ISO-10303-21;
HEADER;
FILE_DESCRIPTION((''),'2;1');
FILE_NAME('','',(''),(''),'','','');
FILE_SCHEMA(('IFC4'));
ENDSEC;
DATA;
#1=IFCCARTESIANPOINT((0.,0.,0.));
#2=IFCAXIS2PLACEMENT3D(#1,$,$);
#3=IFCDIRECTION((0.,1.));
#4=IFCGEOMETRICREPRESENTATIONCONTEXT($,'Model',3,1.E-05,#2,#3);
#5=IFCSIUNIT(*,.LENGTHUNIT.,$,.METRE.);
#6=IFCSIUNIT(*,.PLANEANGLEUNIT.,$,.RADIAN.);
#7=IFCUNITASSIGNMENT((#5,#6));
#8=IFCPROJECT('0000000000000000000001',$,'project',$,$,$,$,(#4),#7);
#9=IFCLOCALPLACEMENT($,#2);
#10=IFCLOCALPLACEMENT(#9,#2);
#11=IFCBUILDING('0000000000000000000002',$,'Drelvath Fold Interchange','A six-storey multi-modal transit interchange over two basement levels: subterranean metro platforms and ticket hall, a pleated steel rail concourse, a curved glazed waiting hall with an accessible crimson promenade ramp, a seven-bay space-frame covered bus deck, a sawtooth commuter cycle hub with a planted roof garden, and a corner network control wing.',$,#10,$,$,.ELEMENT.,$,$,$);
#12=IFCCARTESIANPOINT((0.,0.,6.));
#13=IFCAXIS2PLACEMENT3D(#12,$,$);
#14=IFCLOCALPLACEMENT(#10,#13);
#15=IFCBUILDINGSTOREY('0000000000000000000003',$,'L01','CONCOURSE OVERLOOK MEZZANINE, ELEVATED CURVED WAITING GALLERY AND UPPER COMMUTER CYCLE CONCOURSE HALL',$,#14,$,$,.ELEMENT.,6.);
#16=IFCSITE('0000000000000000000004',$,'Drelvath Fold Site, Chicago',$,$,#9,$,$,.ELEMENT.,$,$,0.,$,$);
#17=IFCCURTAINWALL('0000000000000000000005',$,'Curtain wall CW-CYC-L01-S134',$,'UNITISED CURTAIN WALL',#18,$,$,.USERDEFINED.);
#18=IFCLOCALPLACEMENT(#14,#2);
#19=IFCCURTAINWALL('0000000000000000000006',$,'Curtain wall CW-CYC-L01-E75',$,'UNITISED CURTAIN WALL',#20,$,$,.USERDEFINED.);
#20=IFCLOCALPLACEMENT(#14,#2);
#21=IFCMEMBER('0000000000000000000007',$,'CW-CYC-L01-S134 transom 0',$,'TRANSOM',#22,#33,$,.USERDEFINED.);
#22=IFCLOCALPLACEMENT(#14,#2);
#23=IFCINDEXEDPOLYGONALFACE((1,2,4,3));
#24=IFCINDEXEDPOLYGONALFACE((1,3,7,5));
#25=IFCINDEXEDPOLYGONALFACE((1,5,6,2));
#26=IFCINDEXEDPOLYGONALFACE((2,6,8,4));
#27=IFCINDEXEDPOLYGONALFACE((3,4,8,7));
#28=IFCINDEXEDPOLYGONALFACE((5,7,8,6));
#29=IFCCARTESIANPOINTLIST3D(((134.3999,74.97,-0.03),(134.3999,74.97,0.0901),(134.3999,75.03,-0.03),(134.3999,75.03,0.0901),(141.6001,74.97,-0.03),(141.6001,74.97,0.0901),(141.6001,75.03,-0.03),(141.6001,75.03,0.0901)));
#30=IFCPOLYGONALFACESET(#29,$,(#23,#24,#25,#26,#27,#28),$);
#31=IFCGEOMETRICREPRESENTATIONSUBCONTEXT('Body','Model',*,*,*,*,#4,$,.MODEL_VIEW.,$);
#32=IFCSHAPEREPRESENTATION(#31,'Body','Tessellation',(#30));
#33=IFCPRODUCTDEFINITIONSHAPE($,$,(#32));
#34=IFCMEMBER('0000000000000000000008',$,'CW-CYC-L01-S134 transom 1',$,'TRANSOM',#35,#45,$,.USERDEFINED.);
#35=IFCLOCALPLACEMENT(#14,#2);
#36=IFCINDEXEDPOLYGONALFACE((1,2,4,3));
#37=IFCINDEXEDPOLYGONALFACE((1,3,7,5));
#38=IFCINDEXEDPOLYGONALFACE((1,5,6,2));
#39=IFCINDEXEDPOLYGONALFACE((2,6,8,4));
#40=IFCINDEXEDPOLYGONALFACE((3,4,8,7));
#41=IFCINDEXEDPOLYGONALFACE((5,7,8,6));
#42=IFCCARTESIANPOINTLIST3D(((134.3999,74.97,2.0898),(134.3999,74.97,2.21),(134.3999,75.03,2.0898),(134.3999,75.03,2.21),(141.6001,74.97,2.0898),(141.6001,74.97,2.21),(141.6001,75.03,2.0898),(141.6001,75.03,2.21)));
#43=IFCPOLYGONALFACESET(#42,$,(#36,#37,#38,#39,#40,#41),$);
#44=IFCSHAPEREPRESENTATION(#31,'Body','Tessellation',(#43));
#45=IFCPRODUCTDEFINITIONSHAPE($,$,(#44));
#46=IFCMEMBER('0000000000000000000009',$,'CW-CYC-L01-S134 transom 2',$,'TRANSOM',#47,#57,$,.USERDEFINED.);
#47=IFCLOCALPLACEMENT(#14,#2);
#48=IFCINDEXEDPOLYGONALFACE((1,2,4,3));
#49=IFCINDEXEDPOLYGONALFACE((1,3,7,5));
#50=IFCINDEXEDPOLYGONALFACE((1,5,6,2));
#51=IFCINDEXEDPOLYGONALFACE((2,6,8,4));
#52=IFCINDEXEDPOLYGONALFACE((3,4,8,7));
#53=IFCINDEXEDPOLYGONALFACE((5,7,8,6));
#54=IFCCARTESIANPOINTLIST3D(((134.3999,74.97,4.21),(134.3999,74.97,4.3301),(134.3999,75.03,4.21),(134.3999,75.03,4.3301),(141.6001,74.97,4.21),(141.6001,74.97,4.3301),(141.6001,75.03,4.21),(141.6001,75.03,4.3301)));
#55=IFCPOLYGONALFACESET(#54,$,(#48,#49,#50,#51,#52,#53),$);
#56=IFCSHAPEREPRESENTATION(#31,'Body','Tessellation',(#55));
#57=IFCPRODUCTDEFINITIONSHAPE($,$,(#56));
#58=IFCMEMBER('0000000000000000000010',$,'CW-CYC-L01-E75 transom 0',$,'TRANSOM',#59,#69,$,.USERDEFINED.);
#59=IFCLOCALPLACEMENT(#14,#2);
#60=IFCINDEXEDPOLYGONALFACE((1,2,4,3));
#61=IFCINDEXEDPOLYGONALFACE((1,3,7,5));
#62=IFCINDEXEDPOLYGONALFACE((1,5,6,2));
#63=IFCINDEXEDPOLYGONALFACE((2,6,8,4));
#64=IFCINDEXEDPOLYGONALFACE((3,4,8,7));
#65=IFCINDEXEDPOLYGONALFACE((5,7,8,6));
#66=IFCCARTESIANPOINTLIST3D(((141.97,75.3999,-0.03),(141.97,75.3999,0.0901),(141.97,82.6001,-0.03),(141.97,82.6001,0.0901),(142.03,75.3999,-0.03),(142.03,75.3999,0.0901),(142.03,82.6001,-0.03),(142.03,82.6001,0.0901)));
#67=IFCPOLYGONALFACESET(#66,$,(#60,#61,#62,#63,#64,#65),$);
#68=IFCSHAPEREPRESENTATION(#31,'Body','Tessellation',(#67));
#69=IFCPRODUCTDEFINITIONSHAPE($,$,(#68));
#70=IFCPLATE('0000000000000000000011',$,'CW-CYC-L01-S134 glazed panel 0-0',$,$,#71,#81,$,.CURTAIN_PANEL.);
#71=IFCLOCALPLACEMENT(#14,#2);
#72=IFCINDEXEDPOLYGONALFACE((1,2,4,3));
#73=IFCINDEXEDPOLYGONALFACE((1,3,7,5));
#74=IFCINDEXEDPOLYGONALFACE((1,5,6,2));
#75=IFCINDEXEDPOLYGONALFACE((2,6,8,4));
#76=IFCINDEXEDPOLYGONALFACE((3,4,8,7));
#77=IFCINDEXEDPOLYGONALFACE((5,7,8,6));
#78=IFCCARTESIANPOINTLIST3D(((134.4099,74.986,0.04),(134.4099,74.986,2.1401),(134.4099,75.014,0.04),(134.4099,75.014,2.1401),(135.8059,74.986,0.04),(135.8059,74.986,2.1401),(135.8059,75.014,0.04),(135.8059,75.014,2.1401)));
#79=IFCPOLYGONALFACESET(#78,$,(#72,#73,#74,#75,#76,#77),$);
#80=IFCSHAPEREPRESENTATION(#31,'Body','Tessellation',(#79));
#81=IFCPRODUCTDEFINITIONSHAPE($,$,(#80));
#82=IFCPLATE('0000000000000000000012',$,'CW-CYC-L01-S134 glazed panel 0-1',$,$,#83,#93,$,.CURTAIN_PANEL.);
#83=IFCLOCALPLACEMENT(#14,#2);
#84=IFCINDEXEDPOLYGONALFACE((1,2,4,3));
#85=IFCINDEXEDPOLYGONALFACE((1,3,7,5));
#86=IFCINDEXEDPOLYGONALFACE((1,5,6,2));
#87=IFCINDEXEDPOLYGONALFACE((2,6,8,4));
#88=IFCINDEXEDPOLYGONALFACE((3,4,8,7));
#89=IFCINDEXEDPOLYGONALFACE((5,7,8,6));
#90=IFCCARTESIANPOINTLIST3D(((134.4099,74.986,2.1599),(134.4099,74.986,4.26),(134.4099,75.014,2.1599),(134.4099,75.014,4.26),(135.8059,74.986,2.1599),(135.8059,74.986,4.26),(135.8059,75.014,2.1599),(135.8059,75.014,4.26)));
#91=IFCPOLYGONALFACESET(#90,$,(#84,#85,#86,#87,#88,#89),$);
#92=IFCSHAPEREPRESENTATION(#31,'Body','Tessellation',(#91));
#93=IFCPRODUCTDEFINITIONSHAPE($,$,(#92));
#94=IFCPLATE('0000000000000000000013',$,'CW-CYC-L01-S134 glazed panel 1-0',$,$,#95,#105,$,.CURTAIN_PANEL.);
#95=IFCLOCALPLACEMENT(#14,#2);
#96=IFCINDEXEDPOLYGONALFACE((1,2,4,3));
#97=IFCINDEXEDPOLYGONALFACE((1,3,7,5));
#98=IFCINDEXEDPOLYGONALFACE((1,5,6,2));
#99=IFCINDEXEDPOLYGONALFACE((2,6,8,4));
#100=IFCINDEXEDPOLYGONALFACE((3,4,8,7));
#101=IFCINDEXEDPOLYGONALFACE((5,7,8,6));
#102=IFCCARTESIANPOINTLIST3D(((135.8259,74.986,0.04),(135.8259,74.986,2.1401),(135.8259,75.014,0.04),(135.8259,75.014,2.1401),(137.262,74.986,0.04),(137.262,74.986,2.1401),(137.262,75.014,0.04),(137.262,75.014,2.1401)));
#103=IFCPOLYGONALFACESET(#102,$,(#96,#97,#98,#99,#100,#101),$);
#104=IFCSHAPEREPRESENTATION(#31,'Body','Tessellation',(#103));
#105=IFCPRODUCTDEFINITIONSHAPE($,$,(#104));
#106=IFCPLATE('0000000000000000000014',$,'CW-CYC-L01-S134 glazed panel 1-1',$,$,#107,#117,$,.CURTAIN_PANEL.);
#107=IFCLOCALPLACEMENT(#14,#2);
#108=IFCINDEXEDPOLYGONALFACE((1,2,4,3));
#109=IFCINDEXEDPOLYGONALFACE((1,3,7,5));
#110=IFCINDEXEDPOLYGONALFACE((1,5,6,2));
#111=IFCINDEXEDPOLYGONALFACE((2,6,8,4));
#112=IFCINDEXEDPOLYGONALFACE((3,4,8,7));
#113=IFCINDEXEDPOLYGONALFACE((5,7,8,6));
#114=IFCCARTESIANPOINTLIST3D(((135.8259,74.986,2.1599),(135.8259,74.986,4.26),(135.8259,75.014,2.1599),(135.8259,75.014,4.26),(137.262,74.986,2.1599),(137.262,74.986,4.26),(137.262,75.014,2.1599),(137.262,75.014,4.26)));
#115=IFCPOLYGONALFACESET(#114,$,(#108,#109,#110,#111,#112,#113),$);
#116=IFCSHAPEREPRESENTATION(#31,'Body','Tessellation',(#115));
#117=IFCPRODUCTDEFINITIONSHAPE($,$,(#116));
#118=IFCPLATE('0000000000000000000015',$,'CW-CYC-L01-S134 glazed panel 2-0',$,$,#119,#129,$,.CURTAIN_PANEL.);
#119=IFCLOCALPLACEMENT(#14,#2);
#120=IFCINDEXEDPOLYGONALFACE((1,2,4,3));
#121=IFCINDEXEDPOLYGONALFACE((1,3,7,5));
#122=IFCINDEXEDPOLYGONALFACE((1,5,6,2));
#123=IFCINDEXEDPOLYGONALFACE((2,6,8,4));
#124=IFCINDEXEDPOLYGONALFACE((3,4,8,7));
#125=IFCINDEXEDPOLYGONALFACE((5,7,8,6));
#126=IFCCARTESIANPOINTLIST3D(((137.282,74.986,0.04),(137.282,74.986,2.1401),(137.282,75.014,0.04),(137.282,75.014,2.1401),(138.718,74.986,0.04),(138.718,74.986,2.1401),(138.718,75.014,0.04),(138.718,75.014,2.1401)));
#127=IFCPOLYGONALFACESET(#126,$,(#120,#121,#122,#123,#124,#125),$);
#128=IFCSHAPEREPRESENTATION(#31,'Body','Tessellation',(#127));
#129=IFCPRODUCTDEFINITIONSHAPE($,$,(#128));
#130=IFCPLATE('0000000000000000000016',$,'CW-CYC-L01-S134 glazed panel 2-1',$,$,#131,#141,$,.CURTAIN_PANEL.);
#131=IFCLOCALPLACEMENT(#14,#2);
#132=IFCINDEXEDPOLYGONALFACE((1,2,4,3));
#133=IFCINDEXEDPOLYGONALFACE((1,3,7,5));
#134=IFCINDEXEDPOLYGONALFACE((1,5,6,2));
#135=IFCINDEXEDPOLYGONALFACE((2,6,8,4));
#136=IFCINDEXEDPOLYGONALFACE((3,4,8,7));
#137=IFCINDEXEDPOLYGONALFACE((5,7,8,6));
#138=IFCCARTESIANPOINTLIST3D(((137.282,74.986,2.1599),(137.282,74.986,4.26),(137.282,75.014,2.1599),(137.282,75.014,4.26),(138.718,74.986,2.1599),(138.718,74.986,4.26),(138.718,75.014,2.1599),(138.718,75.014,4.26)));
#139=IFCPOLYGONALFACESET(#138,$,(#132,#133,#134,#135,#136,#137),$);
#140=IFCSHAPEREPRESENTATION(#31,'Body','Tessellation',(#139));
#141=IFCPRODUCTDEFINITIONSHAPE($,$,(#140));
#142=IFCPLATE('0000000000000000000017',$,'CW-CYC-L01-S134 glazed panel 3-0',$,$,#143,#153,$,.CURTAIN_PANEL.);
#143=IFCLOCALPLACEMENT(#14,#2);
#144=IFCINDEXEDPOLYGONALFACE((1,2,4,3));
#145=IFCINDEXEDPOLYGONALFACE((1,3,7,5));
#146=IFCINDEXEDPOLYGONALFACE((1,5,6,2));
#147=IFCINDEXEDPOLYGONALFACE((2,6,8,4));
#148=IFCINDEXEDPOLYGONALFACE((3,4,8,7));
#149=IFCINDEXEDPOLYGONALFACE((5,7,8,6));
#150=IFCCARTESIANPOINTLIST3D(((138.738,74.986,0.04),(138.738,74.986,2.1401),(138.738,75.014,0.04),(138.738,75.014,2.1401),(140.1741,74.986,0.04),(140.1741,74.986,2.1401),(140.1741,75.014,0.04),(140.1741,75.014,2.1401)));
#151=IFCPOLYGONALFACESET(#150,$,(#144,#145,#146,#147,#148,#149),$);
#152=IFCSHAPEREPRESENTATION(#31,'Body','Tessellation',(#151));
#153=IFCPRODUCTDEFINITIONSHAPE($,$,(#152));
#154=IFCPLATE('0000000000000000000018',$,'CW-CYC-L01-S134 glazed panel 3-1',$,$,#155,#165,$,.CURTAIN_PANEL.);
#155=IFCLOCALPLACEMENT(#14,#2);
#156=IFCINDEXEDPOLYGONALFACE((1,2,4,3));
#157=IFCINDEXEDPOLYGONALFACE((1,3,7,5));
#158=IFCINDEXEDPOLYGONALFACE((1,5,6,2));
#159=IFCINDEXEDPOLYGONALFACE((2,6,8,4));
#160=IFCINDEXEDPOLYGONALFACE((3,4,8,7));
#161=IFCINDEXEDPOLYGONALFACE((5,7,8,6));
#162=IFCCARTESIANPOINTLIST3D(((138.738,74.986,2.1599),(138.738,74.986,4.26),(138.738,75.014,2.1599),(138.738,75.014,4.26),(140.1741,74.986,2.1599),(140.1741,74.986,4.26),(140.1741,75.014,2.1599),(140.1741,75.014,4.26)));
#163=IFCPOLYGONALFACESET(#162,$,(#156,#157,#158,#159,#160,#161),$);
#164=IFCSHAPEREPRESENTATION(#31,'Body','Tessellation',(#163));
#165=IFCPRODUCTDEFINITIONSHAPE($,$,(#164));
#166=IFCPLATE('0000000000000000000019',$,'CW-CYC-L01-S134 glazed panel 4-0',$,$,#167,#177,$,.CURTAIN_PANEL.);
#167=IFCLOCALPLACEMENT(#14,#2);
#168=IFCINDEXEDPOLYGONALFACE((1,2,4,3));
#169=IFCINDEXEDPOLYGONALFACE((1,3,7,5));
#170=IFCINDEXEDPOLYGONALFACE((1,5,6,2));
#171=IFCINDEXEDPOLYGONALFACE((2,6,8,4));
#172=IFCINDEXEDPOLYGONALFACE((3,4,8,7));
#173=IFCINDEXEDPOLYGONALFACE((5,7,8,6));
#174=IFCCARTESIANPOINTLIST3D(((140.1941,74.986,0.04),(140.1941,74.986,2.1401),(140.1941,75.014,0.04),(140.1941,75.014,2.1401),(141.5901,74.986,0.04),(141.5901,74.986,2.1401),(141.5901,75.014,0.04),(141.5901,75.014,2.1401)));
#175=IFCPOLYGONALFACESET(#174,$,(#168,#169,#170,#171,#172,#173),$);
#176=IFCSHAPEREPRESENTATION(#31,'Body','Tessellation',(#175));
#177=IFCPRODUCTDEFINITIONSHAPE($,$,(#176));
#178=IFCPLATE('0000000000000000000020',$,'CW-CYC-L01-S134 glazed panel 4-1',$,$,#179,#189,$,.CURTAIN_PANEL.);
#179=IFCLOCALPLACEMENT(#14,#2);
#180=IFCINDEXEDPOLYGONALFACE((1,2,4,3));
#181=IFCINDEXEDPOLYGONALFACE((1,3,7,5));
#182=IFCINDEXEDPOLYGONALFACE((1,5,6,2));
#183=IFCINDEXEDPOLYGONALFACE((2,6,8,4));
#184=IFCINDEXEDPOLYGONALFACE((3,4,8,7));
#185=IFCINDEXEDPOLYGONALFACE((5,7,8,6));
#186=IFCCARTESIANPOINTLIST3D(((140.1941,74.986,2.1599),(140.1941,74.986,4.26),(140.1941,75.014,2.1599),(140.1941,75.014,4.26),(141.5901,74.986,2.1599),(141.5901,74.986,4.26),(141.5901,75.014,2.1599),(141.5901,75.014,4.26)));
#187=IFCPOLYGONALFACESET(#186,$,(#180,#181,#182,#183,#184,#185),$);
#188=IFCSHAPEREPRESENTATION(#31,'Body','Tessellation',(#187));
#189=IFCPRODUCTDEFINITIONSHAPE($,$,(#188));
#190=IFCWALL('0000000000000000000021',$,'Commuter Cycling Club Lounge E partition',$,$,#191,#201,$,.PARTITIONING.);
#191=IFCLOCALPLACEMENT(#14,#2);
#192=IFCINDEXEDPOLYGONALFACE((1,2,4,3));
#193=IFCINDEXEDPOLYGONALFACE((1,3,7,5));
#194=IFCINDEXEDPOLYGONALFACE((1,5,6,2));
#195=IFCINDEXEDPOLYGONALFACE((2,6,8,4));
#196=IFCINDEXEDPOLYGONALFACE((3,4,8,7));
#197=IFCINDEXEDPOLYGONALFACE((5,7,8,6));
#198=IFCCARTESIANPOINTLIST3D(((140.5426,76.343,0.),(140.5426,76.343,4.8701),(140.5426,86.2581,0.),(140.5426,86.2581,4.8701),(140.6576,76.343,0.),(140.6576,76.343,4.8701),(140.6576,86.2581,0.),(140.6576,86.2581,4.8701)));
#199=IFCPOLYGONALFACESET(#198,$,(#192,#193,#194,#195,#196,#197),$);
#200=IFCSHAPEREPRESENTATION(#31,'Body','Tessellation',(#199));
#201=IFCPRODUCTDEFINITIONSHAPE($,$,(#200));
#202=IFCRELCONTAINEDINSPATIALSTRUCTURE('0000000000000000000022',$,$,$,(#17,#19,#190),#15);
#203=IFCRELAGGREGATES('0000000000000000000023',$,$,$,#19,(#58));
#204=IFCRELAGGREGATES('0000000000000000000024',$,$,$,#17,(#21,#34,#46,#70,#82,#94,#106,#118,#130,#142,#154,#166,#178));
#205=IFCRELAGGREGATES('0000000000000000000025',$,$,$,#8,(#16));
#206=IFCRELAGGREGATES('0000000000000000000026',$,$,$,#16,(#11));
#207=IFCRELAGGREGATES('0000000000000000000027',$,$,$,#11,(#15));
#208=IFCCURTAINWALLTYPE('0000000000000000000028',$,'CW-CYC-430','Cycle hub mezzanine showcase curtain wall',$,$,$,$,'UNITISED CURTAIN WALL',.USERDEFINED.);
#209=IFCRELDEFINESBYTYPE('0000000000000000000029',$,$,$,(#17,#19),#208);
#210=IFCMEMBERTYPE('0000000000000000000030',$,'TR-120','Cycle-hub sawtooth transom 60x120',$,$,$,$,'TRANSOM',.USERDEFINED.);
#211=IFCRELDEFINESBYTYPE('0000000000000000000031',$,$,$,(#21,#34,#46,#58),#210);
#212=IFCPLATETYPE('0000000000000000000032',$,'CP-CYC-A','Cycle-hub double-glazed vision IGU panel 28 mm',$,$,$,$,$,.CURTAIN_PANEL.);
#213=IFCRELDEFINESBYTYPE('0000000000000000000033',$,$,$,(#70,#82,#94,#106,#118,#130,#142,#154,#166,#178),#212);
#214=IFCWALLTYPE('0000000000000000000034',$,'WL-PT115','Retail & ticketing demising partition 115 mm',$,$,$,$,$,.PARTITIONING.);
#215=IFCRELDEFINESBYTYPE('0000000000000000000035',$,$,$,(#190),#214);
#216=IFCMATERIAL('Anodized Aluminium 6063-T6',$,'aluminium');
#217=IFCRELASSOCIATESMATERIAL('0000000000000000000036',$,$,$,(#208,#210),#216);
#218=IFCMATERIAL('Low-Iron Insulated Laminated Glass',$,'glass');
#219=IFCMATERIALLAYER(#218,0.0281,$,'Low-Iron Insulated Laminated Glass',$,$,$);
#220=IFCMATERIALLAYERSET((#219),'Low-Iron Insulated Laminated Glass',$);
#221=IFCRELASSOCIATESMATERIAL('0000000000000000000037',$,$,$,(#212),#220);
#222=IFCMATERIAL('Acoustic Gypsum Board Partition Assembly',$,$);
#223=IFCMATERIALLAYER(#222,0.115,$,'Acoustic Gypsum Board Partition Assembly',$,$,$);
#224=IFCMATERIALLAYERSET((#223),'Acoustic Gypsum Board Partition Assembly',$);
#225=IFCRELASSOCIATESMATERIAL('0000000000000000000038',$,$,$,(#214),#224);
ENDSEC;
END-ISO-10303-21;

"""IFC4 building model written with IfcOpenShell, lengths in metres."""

from ifc_helpers import new_model, si_unit, direction, frame, frame_2d, origin, origin_2d, place, context, subcontext, project, spatial, rectangle, extrude, material, layer, layer_set, material_profile, profile_set, type_object, element, aggregate, save


model = new_model("IFC4")

# Units and contexts
model_context = context("Model", 3, precision=1e-05, world=origin(), true_north=direction((0.0, 1.0)))
body_context = subcontext(model_context, "Body", "Model", "MODEL_VIEW")
ifc_project = project(units=[si_unit("LENGTHUNIT", "METRE"), si_unit("PLANEANGLEUNIT", "RADIAN")], contexts=[model_context])

# Site, building, storey
site_placement = place(None, origin())
site = spatial("IfcSite", under=ifc_project, at=site_placement, Name="Drelvath Fold Site, Chicago", CompositionType="ELEMENT", RefElevation=0.0)
building_placement = place(site_placement, origin())
building = spatial("IfcBuilding", under=site, at=building_placement, Name="Drelvath Fold Interchange", Description="A six-storey multi-modal transit interchange over two basement levels: subterranean metro platforms and ticket hall, a pleated steel rail concourse, a curved glazed waiting hall with an accessible crimson promenade ramp, a seven-bay space-frame covered bus deck, a sawtooth commuter cycle hub with a planted roof garden, and a corner network control wing.", CompositionType="ELEMENT")
storey_placement = place(building_placement, frame((0.0, 0.0, 6.0)))
storey = spatial("IfcBuildingStorey", under=building, at=storey_placement, Name="L01", Description="CONCOURSE OVERLOOK MEZZANINE, ELEVATED CURVED WAITING GALLERY AND UPPER COMMUTER CYCLE CONCOURSE HALL", CompositionType="ELEMENT", Elevation=6.0)

# Curtain wall
ifc_material_1 = material(Name="Anodized Aluminium 6063-T6", Category="aluminium")
curtain_wall_type = type_object("IfcCurtainWallType", Name="CW-CYC-430", Description="Cycle hub mezzanine showcase curtain wall", ElementType="UNITISED CURTAIN WALL", PredefinedType="USERDEFINED", material=ifc_material_1)
curtain_wall_1_placement = place(storey_placement, origin())
curtain_wall_1 = element("IfcCurtainWall", 1, at=curtain_wall_1_placement, inside=storey, type_object=curtain_wall_type, Name="Curtain wall CW-CYC-L01-S134", ObjectType="UNITISED CURTAIN WALL", PredefinedType="USERDEFINED")

# Curtain wall
curtain_wall_2_placement = place(storey_placement, origin())
curtain_wall_2 = element("IfcCurtainWall", 2, at=curtain_wall_2_placement, inside=storey, type_object=curtain_wall_type, Name="Curtain wall CW-CYC-L01-E75", ObjectType="UNITISED CURTAIN WALL", PredefinedType="USERDEFINED")

# Members
ifc_material_profile_1 = material_profile(ifc_material_1, rectangle(XDim=0.0601, YDim=0.1201, at=origin_2d()), Name="AL-T 60x120")
ifc_profile_set_1 = profile_set([ifc_material_profile_1], Name="Anodized Aluminium 6063-T6")
member_type_1 = type_object("IfcMemberType", Name="TR-120", Description="Cycle-hub sawtooth transom 60x120", ElementType="TRANSOM", PredefinedType="USERDEFINED", material=ifc_profile_set_1)
member_1_placement = place(storey_placement, frame((134.3999, 75.0, 0.03), z_axis=(1.0, 0.0, 0.0), x_axis=(0.0, 1.0, 0.0)))
member_1 = element("IfcMember", 3, at=member_1_placement, type_object=member_type_1, Name="CW-CYC-L01-S134 transom 0", ObjectType="TRANSOM", PredefinedType="USERDEFINED", context=body_context, shape_type="SweptSolid", body=[
    extrude(rectangle(XDim=0.0601, YDim=0.1201, at=origin_2d()), origin(), (0.0, 0.0, 1.0), 7.2002),
])
member_2_placement = place(storey_placement, frame((134.3999, 75.0, 2.1499), z_axis=(1.0, 0.0, 0.0), x_axis=(0.0, 1.0, 0.0)))
member_2 = element("IfcMember", 4, at=member_2_placement, type_object=member_type_1, Name="CW-CYC-L01-S134 transom 1", ObjectType="TRANSOM", PredefinedType="USERDEFINED", context=body_context, shape_type="SweptSolid", body=[
    extrude(rectangle(XDim=0.0601, YDim=0.1201, at=origin_2d()), origin(), (0.0, 0.0, 1.0), 7.2002),
])
member_3_placement = place(storey_placement, frame((134.3999, 75.0, 4.27), z_axis=(1.0, 0.0, 0.0), x_axis=(0.0, 1.0, 0.0)))
member_3 = element("IfcMember", 5, at=member_3_placement, type_object=member_type_1, Name="CW-CYC-L01-S134 transom 2", ObjectType="TRANSOM", PredefinedType="USERDEFINED", context=body_context, shape_type="SweptSolid", body=[
    extrude(rectangle(XDim=0.0601, YDim=0.1201, at=origin_2d()), origin(), (0.0, 0.0, 1.0), 7.2002),
])
member_4_placement = place(storey_placement, frame((142.0, 75.3999, 0.03), z_axis=(0.0, 1.0, 0.0), x_axis=(-1.0, 0.0, 0.0)))
member_4 = element("IfcMember", 6, at=member_4_placement, type_object=member_type_1, Name="CW-CYC-L01-E75 transom 0", ObjectType="TRANSOM", PredefinedType="USERDEFINED", context=body_context, shape_type="SweptSolid", body=[
    extrude(rectangle(XDim=0.0601, YDim=0.1201, at=origin_2d()), origin(), (0.0, 0.0, 1.0), 7.2002),
])
aggregate(curtain_wall_2, [member_4])

# Plates
ifc_material_2 = material(Name="Low-Iron Insulated Laminated Glass", Category="glass")
ifc_layer_1 = layer(ifc_material_2, 0.0281, Name="Low-Iron Insulated Laminated Glass")
ifc_layer_set_1 = layer_set([ifc_layer_1], Name="Low-Iron Insulated Laminated Glass")
plate_type = type_object("IfcPlateType", Name="CP-CYC-A", Description="Cycle-hub double-glazed vision IGU panel 28 mm", PredefinedType="CURTAIN_PANEL", material=ifc_layer_set_1)
plate_1_placement = place(storey_placement, frame((135.1079, 75.0, 0.04), z_axis=(0.0, 0.0, 1.0), x_axis=(1.0, 0.0, 0.0)))
plate_1 = element("IfcPlate", 7, at=plate_1_placement, type_object=plate_type, Name="CW-CYC-L01-S134 glazed panel 0-0", PredefinedType="CURTAIN_PANEL", context=body_context, shape_type="SweptSolid", body=[
    extrude(rectangle(XDim=1.396, YDim=0.0281, at=origin_2d()), origin(), (0.0, 0.0, 1.0), 2.1001),
])
plate_2_placement = place(storey_placement, frame((135.1079, 75.0, 2.1599), z_axis=(0.0, 0.0, 1.0), x_axis=(1.0, 0.0, 0.0)))
plate_2 = element("IfcPlate", 8, at=plate_2_placement, type_object=plate_type, Name="CW-CYC-L01-S134 glazed panel 0-1", PredefinedType="CURTAIN_PANEL", context=body_context, shape_type="SweptSolid", body=[
    extrude(rectangle(XDim=1.396, YDim=0.0281, at=origin_2d()), origin(), (0.0, 0.0, 1.0), 2.1001),
])
plate_3_placement = place(storey_placement, frame((136.5439, 75.0, 0.04), z_axis=(0.0, 0.0, 1.0), x_axis=(1.0, 0.0, 0.0)))
plate_3 = element("IfcPlate", 9, at=plate_3_placement, type_object=plate_type, Name="CW-CYC-L01-S134 glazed panel 1-0", PredefinedType="CURTAIN_PANEL", context=body_context, shape_type="SweptSolid", body=[
    extrude(rectangle(XDim=1.436, YDim=0.0281, at=origin_2d()), origin(), (0.0, 0.0, 1.0), 2.1001),
])
plate_4_placement = place(storey_placement, frame((136.5439, 75.0, 2.1599), z_axis=(0.0, 0.0, 1.0), x_axis=(1.0, 0.0, 0.0)))
plate_4 = element("IfcPlate", 10, at=plate_4_placement, type_object=plate_type, Name="CW-CYC-L01-S134 glazed panel 1-1", PredefinedType="CURTAIN_PANEL", context=body_context, shape_type="SweptSolid", body=[
    extrude(rectangle(XDim=1.436, YDim=0.0281, at=origin_2d()), origin(), (0.0, 0.0, 1.0), 2.1001),
])
plate_5_placement = place(storey_placement, frame((138.0, 75.0, 0.04), z_axis=(0.0, 0.0, 1.0), x_axis=(1.0, 0.0, 0.0)))
plate_5 = element("IfcPlate", 11, at=plate_5_placement, type_object=plate_type, Name="CW-CYC-L01-S134 glazed panel 2-0", PredefinedType="CURTAIN_PANEL", context=body_context, shape_type="SweptSolid", body=[
    extrude(rectangle(XDim=1.436, YDim=0.0281, at=origin_2d()), origin(), (0.0, 0.0, 1.0), 2.1001),
])
plate_6_placement = place(storey_placement, frame((138.0, 75.0, 2.1599), z_axis=(0.0, 0.0, 1.0), x_axis=(1.0, 0.0, 0.0)))
plate_6 = element("IfcPlate", 12, at=plate_6_placement, type_object=plate_type, Name="CW-CYC-L01-S134 glazed panel 2-1", PredefinedType="CURTAIN_PANEL", context=body_context, shape_type="SweptSolid", body=[
    extrude(rectangle(XDim=1.436, YDim=0.0281, at=origin_2d()), origin(), (0.0, 0.0, 1.0), 2.1001),
])
plate_7_placement = place(storey_placement, frame((139.4561, 75.0, 0.04), z_axis=(0.0, 0.0, 1.0), x_axis=(1.0, 0.0, 0.0)))
plate_7 = element("IfcPlate", 13, at=plate_7_placement, type_object=plate_type, Name="CW-CYC-L01-S134 glazed panel 3-0", PredefinedType="CURTAIN_PANEL", context=body_context, shape_type="SweptSolid", body=[
    extrude(rectangle(XDim=1.436, YDim=0.0281, at=origin_2d()), origin(), (0.0, 0.0, 1.0), 2.1001),
])
plate_8_placement = place(storey_placement, frame((139.4561, 75.0, 2.1599), z_axis=(0.0, 0.0, 1.0), x_axis=(1.0, 0.0, 0.0)))
plate_8 = element("IfcPlate", 14, at=plate_8_placement, type_object=plate_type, Name="CW-CYC-L01-S134 glazed panel 3-1", PredefinedType="CURTAIN_PANEL", context=body_context, shape_type="SweptSolid", body=[
    extrude(rectangle(XDim=1.436, YDim=0.0281, at=origin_2d()), origin(), (0.0, 0.0, 1.0), 2.1001),
])
plate_9_placement = place(storey_placement, frame((140.8921, 75.0, 0.04), z_axis=(0.0, 0.0, 1.0), x_axis=(1.0, 0.0, 0.0)))
plate_9 = element("IfcPlate", 15, at=plate_9_placement, type_object=plate_type, Name="CW-CYC-L01-S134 glazed panel 4-0", PredefinedType="CURTAIN_PANEL", context=body_context, shape_type="SweptSolid", body=[
    extrude(rectangle(XDim=1.396, YDim=0.0281, at=origin_2d()), origin(), (0.0, 0.0, 1.0), 2.1001),
])
plate_10_placement = place(storey_placement, frame((140.8921, 75.0, 2.1599), z_axis=(0.0, 0.0, 1.0), x_axis=(1.0, 0.0, 0.0)))
plate_10 = element("IfcPlate", 16, at=plate_10_placement, type_object=plate_type, Name="CW-CYC-L01-S134 glazed panel 4-1", PredefinedType="CURTAIN_PANEL", context=body_context, shape_type="SweptSolid", body=[
    extrude(rectangle(XDim=1.396, YDim=0.0281, at=origin_2d()), origin(), (0.0, 0.0, 1.0), 2.1001),
])
aggregate(curtain_wall_1, [member_1, member_2, member_3, plate_1, plate_2, plate_3, plate_4, plate_5, plate_6, plate_7, plate_8, plate_9, plate_10])

# Wall
ifc_material_3 = material(Name="Acoustic Gypsum Board Partition Assembly")
ifc_layer_2 = layer(ifc_material_3, 0.115, Name="Acoustic Gypsum Board Partition Assembly")
ifc_layer_set_2 = layer_set([ifc_layer_2], Name="Acoustic Gypsum Board Partition Assembly")
wall_type = type_object("IfcWallType", Name="WL-PT115", Description="Retail & ticketing demising partition 115 mm", PredefinedType="PARTITIONING", material=ifc_layer_set_2)
wall_placement = place(storey_placement, frame((140.6001, 76.343, 0.0), z_axis=(0.0, 0.0, 1.0), x_axis=(0.0, 1.0, 0.0)))
element("IfcWall", 17, at=wall_placement, inside=storey, type_object=wall_type, Name="Commuter Cycling Club Lounge E partition", PredefinedType="PARTITIONING", context=body_context, shape_type="SweptSolid", body=[
    extrude(rectangle(XDim=9.915, YDim=0.115, at=frame_2d((4.9575, 0.0))), origin(), (0.0, 0.0, 1.0), 4.8701),
])

save(model, "model.ifc")
